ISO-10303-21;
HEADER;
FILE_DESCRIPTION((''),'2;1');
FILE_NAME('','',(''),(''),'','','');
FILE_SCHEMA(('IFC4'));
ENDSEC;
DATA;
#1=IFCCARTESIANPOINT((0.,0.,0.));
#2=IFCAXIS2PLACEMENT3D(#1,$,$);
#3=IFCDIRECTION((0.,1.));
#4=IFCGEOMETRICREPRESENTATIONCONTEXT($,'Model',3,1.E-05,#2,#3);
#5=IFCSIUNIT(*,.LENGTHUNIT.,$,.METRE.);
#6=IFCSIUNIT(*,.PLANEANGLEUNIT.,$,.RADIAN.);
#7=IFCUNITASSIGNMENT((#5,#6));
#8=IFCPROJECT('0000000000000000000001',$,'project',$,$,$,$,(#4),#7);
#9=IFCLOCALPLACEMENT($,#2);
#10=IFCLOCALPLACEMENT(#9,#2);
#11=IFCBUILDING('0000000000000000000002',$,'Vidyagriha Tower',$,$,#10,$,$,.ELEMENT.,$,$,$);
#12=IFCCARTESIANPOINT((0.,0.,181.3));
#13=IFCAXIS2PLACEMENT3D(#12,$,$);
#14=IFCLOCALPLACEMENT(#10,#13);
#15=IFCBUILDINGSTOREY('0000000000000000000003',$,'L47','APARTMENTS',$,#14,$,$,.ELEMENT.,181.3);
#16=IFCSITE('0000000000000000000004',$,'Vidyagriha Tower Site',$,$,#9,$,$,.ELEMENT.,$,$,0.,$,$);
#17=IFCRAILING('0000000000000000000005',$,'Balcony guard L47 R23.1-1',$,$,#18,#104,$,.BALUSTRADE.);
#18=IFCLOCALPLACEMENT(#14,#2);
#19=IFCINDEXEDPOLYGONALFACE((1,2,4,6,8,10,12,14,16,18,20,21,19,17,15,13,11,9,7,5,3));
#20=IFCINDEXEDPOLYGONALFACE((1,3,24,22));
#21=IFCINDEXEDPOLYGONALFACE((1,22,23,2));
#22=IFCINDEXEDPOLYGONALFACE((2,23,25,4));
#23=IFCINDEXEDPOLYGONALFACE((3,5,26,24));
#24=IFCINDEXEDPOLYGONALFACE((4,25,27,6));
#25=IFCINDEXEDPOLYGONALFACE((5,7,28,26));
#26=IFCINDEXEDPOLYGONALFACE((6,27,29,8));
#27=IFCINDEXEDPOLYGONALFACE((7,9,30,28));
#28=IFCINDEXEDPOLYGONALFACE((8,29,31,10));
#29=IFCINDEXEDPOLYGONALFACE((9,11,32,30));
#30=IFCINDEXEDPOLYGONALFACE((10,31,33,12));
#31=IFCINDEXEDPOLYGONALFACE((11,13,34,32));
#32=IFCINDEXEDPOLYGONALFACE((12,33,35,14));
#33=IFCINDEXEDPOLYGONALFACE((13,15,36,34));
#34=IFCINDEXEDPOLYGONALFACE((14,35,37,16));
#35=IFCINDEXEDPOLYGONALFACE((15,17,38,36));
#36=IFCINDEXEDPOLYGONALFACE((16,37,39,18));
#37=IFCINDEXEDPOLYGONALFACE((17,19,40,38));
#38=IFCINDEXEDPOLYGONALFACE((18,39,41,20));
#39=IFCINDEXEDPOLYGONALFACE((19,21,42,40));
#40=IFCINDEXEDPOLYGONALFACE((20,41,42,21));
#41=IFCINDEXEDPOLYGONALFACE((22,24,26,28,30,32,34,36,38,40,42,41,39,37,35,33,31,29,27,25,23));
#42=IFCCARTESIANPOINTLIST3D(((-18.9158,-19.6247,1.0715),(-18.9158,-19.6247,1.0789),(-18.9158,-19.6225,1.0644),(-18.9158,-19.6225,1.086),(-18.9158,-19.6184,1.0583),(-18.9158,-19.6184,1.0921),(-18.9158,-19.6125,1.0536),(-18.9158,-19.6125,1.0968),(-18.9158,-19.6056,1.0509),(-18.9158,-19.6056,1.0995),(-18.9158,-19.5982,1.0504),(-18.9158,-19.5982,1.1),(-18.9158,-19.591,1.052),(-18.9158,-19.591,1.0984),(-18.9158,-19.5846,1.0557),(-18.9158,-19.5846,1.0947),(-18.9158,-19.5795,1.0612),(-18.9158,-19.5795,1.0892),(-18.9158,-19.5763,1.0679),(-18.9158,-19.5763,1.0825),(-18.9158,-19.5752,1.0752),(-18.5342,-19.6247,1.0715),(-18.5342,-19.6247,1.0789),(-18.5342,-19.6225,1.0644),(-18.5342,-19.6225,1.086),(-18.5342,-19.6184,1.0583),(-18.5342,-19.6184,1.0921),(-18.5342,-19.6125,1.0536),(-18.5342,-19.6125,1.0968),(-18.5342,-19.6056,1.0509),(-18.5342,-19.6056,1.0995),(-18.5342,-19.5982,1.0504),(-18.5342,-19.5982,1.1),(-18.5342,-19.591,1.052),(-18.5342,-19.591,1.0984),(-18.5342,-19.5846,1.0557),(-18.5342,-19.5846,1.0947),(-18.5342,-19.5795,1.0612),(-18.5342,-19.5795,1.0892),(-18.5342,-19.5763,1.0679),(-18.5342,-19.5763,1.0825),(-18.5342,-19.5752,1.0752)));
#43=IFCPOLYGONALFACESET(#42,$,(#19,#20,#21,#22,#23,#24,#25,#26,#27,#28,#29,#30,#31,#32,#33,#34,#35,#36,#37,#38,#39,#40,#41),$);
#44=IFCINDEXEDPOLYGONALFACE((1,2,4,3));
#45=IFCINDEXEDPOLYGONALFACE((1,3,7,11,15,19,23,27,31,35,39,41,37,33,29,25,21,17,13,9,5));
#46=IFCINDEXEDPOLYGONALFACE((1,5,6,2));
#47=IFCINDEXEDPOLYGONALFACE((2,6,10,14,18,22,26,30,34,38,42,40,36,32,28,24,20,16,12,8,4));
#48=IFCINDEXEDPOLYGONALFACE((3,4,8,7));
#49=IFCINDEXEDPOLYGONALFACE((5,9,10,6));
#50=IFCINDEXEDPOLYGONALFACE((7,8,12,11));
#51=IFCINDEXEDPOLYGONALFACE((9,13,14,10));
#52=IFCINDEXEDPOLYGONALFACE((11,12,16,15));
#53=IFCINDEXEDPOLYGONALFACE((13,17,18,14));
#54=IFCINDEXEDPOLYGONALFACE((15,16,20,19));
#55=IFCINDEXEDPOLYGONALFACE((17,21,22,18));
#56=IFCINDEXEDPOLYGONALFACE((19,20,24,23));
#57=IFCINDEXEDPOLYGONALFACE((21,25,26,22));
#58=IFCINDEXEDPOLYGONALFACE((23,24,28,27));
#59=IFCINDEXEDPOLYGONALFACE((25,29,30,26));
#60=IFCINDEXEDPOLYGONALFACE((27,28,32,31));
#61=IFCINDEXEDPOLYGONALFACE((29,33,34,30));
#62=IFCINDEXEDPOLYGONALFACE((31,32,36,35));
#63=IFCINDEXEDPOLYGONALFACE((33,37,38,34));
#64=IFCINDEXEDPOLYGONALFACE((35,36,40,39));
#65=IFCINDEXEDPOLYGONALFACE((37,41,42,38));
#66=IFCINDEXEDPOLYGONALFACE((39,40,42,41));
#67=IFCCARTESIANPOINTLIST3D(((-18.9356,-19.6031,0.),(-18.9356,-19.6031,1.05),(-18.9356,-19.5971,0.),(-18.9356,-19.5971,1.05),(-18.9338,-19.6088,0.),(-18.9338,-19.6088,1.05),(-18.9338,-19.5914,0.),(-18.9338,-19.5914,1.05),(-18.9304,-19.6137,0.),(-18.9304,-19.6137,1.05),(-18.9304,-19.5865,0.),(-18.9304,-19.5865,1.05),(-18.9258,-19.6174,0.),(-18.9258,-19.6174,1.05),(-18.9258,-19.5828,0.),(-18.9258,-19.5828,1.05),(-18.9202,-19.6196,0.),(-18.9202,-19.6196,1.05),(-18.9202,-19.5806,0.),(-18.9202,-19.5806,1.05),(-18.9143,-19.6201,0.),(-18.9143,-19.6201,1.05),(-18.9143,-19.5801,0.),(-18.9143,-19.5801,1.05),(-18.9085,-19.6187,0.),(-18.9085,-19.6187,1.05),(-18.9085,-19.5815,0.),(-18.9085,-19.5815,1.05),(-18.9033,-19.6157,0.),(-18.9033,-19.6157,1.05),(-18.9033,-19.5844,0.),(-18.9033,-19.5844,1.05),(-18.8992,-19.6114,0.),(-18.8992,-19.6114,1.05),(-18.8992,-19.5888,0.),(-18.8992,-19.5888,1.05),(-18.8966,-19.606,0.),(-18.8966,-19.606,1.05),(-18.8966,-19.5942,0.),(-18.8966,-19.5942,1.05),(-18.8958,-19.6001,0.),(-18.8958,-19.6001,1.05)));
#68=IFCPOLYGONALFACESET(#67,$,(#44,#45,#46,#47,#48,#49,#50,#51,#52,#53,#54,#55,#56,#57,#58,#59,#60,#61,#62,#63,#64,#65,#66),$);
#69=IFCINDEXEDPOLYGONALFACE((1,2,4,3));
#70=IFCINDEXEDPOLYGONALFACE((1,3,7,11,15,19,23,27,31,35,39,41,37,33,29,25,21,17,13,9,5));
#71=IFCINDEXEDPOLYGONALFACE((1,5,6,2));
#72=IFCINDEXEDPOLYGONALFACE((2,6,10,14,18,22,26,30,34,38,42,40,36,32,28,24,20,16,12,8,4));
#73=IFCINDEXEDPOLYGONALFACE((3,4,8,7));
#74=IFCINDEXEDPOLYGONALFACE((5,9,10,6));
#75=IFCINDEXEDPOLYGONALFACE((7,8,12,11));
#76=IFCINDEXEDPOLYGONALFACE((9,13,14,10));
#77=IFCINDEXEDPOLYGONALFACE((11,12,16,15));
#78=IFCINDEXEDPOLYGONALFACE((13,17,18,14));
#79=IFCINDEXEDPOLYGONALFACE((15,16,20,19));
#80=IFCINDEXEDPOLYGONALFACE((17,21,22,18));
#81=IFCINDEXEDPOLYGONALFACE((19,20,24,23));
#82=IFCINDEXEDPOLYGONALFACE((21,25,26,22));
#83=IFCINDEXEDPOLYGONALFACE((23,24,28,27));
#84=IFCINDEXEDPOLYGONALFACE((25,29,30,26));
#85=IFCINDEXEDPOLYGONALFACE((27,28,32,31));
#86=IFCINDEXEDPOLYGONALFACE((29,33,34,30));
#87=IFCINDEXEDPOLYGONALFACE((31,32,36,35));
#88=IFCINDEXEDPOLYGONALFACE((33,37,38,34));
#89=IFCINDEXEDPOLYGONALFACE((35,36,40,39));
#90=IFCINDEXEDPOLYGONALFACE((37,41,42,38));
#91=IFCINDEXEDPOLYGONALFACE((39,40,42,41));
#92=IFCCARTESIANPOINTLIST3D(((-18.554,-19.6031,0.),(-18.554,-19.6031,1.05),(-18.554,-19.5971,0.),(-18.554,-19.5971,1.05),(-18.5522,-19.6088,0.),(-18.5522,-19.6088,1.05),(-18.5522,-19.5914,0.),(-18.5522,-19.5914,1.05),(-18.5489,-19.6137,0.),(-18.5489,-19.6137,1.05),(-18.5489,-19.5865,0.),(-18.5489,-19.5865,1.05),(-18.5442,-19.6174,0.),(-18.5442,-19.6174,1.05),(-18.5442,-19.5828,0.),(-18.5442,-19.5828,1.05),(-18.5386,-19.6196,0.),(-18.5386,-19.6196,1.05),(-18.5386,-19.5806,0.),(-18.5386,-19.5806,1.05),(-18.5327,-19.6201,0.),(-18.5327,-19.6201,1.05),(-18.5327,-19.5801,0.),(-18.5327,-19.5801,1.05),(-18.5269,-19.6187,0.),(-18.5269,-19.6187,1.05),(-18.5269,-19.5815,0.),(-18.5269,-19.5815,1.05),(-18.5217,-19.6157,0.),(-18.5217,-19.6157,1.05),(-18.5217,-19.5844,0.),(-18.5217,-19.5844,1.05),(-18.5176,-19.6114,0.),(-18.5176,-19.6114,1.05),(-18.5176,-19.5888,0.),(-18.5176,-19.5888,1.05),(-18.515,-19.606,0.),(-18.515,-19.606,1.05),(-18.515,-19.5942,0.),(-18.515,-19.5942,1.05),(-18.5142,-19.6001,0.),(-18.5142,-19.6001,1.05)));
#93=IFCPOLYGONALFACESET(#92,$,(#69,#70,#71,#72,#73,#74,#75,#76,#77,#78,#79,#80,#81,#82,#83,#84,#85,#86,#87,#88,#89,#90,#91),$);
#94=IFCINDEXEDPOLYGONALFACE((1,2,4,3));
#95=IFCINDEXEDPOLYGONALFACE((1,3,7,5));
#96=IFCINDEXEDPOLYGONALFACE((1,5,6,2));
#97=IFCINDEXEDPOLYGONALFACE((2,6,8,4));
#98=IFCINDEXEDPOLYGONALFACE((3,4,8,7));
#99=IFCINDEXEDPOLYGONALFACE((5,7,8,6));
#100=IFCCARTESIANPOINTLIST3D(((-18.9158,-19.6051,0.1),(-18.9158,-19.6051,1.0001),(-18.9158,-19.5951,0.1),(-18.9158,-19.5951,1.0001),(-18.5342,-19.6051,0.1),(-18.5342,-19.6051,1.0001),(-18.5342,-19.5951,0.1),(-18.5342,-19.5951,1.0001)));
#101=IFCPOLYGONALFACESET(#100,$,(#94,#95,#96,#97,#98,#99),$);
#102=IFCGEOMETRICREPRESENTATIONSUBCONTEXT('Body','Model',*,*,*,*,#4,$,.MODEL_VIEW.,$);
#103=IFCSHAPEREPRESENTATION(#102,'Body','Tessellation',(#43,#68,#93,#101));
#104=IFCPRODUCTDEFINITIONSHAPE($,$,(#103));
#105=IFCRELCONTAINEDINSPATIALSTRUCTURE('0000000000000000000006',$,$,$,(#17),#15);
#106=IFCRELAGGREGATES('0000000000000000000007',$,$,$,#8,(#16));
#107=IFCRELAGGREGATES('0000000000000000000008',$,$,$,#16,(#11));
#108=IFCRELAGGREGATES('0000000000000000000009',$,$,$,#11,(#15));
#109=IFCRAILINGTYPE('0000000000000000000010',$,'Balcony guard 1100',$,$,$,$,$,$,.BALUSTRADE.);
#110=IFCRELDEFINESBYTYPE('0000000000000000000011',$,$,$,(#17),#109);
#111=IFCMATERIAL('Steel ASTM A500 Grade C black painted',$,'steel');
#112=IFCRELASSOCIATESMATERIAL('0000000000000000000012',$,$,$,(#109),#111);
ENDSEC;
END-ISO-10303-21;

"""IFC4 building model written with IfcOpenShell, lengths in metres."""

from ifc_helpers import new_model, si_unit, direction, frame, origin, origin_2d, place, context, subcontext, project, spatial, rectangle, circle, extrude, material, type_object, element, save


model = new_model("IFC4")

# Units and contexts
model_context = context("Model", 3, precision=1e-05, world=origin(), true_north=direction((0.0, 1.0)))
body_context = subcontext(model_context, "Body", "Model", "MODEL_VIEW")
ifc_project = project(units=[si_unit("LENGTHUNIT", "METRE"), si_unit("PLANEANGLEUNIT", "RADIAN")], contexts=[model_context])

# Site, building, storey
site_placement = place(None, origin())
site = spatial("IfcSite", under=ifc_project, at=site_placement, Name="Vidyagriha Tower Site", CompositionType="ELEMENT", RefElevation=0.0)
building_placement = place(site_placement, origin())
building = spatial("IfcBuilding", under=site, at=building_placement, Name="Vidyagriha Tower", CompositionType="ELEMENT")
storey_placement = place(building_placement, frame((0.0, 0.0, 181.3)))
storey = spatial("IfcBuildingStorey", under=building, at=storey_placement, Name="L47", Description="APARTMENTS", CompositionType="ELEMENT", Elevation=181.3)

# Railing
ifc_material_1 = material(Name="Steel ASTM A500 Grade C black painted", Category="steel")
railing_type_1 = type_object("IfcRailingType", Name="Balcony guard 1100", PredefinedType="BALUSTRADE", material=ifc_material_1)
railing_1_placement = place(storey_placement, frame((-18.9158, -19.6001, 0.0)))
element("IfcRailing", 1, at=railing_1_placement, inside=storey, type_object=railing_type_1, Name="Balcony guard L47 R23.1-1", PredefinedType="BALUSTRADE", context=body_context, shape_type="SweptSolid", body=[
    extrude(circle(Radius=0.0249, at=origin_2d()), frame((0.0, 0.0, 1.0752), z_axis=(1.0, 0.0, 0.0), x_axis=(0.0, 1.0, 0.0)), (0.0, 0.0, 1.0), 0.3816),
    extrude(circle(Radius=0.02, at=origin_2d()), origin(), (0.0, 0.0, 1.0), 1.05),
    extrude(circle(Radius=0.02, at=origin_2d()), frame((0.3816, 0.0, 0.0)), (0.0, 0.0, 1.0), 1.05),
    extrude(rectangle(XDim=0.01, YDim=0.9001, at=origin_2d()), frame((0.0, 0.0, 0.55), z_axis=(1.0, 0.0, 0.0), x_axis=(0.0, 1.0, 0.0)), (0.0, 0.0, 1.0), 0.3816),
])

save(model, "model.ifc")
